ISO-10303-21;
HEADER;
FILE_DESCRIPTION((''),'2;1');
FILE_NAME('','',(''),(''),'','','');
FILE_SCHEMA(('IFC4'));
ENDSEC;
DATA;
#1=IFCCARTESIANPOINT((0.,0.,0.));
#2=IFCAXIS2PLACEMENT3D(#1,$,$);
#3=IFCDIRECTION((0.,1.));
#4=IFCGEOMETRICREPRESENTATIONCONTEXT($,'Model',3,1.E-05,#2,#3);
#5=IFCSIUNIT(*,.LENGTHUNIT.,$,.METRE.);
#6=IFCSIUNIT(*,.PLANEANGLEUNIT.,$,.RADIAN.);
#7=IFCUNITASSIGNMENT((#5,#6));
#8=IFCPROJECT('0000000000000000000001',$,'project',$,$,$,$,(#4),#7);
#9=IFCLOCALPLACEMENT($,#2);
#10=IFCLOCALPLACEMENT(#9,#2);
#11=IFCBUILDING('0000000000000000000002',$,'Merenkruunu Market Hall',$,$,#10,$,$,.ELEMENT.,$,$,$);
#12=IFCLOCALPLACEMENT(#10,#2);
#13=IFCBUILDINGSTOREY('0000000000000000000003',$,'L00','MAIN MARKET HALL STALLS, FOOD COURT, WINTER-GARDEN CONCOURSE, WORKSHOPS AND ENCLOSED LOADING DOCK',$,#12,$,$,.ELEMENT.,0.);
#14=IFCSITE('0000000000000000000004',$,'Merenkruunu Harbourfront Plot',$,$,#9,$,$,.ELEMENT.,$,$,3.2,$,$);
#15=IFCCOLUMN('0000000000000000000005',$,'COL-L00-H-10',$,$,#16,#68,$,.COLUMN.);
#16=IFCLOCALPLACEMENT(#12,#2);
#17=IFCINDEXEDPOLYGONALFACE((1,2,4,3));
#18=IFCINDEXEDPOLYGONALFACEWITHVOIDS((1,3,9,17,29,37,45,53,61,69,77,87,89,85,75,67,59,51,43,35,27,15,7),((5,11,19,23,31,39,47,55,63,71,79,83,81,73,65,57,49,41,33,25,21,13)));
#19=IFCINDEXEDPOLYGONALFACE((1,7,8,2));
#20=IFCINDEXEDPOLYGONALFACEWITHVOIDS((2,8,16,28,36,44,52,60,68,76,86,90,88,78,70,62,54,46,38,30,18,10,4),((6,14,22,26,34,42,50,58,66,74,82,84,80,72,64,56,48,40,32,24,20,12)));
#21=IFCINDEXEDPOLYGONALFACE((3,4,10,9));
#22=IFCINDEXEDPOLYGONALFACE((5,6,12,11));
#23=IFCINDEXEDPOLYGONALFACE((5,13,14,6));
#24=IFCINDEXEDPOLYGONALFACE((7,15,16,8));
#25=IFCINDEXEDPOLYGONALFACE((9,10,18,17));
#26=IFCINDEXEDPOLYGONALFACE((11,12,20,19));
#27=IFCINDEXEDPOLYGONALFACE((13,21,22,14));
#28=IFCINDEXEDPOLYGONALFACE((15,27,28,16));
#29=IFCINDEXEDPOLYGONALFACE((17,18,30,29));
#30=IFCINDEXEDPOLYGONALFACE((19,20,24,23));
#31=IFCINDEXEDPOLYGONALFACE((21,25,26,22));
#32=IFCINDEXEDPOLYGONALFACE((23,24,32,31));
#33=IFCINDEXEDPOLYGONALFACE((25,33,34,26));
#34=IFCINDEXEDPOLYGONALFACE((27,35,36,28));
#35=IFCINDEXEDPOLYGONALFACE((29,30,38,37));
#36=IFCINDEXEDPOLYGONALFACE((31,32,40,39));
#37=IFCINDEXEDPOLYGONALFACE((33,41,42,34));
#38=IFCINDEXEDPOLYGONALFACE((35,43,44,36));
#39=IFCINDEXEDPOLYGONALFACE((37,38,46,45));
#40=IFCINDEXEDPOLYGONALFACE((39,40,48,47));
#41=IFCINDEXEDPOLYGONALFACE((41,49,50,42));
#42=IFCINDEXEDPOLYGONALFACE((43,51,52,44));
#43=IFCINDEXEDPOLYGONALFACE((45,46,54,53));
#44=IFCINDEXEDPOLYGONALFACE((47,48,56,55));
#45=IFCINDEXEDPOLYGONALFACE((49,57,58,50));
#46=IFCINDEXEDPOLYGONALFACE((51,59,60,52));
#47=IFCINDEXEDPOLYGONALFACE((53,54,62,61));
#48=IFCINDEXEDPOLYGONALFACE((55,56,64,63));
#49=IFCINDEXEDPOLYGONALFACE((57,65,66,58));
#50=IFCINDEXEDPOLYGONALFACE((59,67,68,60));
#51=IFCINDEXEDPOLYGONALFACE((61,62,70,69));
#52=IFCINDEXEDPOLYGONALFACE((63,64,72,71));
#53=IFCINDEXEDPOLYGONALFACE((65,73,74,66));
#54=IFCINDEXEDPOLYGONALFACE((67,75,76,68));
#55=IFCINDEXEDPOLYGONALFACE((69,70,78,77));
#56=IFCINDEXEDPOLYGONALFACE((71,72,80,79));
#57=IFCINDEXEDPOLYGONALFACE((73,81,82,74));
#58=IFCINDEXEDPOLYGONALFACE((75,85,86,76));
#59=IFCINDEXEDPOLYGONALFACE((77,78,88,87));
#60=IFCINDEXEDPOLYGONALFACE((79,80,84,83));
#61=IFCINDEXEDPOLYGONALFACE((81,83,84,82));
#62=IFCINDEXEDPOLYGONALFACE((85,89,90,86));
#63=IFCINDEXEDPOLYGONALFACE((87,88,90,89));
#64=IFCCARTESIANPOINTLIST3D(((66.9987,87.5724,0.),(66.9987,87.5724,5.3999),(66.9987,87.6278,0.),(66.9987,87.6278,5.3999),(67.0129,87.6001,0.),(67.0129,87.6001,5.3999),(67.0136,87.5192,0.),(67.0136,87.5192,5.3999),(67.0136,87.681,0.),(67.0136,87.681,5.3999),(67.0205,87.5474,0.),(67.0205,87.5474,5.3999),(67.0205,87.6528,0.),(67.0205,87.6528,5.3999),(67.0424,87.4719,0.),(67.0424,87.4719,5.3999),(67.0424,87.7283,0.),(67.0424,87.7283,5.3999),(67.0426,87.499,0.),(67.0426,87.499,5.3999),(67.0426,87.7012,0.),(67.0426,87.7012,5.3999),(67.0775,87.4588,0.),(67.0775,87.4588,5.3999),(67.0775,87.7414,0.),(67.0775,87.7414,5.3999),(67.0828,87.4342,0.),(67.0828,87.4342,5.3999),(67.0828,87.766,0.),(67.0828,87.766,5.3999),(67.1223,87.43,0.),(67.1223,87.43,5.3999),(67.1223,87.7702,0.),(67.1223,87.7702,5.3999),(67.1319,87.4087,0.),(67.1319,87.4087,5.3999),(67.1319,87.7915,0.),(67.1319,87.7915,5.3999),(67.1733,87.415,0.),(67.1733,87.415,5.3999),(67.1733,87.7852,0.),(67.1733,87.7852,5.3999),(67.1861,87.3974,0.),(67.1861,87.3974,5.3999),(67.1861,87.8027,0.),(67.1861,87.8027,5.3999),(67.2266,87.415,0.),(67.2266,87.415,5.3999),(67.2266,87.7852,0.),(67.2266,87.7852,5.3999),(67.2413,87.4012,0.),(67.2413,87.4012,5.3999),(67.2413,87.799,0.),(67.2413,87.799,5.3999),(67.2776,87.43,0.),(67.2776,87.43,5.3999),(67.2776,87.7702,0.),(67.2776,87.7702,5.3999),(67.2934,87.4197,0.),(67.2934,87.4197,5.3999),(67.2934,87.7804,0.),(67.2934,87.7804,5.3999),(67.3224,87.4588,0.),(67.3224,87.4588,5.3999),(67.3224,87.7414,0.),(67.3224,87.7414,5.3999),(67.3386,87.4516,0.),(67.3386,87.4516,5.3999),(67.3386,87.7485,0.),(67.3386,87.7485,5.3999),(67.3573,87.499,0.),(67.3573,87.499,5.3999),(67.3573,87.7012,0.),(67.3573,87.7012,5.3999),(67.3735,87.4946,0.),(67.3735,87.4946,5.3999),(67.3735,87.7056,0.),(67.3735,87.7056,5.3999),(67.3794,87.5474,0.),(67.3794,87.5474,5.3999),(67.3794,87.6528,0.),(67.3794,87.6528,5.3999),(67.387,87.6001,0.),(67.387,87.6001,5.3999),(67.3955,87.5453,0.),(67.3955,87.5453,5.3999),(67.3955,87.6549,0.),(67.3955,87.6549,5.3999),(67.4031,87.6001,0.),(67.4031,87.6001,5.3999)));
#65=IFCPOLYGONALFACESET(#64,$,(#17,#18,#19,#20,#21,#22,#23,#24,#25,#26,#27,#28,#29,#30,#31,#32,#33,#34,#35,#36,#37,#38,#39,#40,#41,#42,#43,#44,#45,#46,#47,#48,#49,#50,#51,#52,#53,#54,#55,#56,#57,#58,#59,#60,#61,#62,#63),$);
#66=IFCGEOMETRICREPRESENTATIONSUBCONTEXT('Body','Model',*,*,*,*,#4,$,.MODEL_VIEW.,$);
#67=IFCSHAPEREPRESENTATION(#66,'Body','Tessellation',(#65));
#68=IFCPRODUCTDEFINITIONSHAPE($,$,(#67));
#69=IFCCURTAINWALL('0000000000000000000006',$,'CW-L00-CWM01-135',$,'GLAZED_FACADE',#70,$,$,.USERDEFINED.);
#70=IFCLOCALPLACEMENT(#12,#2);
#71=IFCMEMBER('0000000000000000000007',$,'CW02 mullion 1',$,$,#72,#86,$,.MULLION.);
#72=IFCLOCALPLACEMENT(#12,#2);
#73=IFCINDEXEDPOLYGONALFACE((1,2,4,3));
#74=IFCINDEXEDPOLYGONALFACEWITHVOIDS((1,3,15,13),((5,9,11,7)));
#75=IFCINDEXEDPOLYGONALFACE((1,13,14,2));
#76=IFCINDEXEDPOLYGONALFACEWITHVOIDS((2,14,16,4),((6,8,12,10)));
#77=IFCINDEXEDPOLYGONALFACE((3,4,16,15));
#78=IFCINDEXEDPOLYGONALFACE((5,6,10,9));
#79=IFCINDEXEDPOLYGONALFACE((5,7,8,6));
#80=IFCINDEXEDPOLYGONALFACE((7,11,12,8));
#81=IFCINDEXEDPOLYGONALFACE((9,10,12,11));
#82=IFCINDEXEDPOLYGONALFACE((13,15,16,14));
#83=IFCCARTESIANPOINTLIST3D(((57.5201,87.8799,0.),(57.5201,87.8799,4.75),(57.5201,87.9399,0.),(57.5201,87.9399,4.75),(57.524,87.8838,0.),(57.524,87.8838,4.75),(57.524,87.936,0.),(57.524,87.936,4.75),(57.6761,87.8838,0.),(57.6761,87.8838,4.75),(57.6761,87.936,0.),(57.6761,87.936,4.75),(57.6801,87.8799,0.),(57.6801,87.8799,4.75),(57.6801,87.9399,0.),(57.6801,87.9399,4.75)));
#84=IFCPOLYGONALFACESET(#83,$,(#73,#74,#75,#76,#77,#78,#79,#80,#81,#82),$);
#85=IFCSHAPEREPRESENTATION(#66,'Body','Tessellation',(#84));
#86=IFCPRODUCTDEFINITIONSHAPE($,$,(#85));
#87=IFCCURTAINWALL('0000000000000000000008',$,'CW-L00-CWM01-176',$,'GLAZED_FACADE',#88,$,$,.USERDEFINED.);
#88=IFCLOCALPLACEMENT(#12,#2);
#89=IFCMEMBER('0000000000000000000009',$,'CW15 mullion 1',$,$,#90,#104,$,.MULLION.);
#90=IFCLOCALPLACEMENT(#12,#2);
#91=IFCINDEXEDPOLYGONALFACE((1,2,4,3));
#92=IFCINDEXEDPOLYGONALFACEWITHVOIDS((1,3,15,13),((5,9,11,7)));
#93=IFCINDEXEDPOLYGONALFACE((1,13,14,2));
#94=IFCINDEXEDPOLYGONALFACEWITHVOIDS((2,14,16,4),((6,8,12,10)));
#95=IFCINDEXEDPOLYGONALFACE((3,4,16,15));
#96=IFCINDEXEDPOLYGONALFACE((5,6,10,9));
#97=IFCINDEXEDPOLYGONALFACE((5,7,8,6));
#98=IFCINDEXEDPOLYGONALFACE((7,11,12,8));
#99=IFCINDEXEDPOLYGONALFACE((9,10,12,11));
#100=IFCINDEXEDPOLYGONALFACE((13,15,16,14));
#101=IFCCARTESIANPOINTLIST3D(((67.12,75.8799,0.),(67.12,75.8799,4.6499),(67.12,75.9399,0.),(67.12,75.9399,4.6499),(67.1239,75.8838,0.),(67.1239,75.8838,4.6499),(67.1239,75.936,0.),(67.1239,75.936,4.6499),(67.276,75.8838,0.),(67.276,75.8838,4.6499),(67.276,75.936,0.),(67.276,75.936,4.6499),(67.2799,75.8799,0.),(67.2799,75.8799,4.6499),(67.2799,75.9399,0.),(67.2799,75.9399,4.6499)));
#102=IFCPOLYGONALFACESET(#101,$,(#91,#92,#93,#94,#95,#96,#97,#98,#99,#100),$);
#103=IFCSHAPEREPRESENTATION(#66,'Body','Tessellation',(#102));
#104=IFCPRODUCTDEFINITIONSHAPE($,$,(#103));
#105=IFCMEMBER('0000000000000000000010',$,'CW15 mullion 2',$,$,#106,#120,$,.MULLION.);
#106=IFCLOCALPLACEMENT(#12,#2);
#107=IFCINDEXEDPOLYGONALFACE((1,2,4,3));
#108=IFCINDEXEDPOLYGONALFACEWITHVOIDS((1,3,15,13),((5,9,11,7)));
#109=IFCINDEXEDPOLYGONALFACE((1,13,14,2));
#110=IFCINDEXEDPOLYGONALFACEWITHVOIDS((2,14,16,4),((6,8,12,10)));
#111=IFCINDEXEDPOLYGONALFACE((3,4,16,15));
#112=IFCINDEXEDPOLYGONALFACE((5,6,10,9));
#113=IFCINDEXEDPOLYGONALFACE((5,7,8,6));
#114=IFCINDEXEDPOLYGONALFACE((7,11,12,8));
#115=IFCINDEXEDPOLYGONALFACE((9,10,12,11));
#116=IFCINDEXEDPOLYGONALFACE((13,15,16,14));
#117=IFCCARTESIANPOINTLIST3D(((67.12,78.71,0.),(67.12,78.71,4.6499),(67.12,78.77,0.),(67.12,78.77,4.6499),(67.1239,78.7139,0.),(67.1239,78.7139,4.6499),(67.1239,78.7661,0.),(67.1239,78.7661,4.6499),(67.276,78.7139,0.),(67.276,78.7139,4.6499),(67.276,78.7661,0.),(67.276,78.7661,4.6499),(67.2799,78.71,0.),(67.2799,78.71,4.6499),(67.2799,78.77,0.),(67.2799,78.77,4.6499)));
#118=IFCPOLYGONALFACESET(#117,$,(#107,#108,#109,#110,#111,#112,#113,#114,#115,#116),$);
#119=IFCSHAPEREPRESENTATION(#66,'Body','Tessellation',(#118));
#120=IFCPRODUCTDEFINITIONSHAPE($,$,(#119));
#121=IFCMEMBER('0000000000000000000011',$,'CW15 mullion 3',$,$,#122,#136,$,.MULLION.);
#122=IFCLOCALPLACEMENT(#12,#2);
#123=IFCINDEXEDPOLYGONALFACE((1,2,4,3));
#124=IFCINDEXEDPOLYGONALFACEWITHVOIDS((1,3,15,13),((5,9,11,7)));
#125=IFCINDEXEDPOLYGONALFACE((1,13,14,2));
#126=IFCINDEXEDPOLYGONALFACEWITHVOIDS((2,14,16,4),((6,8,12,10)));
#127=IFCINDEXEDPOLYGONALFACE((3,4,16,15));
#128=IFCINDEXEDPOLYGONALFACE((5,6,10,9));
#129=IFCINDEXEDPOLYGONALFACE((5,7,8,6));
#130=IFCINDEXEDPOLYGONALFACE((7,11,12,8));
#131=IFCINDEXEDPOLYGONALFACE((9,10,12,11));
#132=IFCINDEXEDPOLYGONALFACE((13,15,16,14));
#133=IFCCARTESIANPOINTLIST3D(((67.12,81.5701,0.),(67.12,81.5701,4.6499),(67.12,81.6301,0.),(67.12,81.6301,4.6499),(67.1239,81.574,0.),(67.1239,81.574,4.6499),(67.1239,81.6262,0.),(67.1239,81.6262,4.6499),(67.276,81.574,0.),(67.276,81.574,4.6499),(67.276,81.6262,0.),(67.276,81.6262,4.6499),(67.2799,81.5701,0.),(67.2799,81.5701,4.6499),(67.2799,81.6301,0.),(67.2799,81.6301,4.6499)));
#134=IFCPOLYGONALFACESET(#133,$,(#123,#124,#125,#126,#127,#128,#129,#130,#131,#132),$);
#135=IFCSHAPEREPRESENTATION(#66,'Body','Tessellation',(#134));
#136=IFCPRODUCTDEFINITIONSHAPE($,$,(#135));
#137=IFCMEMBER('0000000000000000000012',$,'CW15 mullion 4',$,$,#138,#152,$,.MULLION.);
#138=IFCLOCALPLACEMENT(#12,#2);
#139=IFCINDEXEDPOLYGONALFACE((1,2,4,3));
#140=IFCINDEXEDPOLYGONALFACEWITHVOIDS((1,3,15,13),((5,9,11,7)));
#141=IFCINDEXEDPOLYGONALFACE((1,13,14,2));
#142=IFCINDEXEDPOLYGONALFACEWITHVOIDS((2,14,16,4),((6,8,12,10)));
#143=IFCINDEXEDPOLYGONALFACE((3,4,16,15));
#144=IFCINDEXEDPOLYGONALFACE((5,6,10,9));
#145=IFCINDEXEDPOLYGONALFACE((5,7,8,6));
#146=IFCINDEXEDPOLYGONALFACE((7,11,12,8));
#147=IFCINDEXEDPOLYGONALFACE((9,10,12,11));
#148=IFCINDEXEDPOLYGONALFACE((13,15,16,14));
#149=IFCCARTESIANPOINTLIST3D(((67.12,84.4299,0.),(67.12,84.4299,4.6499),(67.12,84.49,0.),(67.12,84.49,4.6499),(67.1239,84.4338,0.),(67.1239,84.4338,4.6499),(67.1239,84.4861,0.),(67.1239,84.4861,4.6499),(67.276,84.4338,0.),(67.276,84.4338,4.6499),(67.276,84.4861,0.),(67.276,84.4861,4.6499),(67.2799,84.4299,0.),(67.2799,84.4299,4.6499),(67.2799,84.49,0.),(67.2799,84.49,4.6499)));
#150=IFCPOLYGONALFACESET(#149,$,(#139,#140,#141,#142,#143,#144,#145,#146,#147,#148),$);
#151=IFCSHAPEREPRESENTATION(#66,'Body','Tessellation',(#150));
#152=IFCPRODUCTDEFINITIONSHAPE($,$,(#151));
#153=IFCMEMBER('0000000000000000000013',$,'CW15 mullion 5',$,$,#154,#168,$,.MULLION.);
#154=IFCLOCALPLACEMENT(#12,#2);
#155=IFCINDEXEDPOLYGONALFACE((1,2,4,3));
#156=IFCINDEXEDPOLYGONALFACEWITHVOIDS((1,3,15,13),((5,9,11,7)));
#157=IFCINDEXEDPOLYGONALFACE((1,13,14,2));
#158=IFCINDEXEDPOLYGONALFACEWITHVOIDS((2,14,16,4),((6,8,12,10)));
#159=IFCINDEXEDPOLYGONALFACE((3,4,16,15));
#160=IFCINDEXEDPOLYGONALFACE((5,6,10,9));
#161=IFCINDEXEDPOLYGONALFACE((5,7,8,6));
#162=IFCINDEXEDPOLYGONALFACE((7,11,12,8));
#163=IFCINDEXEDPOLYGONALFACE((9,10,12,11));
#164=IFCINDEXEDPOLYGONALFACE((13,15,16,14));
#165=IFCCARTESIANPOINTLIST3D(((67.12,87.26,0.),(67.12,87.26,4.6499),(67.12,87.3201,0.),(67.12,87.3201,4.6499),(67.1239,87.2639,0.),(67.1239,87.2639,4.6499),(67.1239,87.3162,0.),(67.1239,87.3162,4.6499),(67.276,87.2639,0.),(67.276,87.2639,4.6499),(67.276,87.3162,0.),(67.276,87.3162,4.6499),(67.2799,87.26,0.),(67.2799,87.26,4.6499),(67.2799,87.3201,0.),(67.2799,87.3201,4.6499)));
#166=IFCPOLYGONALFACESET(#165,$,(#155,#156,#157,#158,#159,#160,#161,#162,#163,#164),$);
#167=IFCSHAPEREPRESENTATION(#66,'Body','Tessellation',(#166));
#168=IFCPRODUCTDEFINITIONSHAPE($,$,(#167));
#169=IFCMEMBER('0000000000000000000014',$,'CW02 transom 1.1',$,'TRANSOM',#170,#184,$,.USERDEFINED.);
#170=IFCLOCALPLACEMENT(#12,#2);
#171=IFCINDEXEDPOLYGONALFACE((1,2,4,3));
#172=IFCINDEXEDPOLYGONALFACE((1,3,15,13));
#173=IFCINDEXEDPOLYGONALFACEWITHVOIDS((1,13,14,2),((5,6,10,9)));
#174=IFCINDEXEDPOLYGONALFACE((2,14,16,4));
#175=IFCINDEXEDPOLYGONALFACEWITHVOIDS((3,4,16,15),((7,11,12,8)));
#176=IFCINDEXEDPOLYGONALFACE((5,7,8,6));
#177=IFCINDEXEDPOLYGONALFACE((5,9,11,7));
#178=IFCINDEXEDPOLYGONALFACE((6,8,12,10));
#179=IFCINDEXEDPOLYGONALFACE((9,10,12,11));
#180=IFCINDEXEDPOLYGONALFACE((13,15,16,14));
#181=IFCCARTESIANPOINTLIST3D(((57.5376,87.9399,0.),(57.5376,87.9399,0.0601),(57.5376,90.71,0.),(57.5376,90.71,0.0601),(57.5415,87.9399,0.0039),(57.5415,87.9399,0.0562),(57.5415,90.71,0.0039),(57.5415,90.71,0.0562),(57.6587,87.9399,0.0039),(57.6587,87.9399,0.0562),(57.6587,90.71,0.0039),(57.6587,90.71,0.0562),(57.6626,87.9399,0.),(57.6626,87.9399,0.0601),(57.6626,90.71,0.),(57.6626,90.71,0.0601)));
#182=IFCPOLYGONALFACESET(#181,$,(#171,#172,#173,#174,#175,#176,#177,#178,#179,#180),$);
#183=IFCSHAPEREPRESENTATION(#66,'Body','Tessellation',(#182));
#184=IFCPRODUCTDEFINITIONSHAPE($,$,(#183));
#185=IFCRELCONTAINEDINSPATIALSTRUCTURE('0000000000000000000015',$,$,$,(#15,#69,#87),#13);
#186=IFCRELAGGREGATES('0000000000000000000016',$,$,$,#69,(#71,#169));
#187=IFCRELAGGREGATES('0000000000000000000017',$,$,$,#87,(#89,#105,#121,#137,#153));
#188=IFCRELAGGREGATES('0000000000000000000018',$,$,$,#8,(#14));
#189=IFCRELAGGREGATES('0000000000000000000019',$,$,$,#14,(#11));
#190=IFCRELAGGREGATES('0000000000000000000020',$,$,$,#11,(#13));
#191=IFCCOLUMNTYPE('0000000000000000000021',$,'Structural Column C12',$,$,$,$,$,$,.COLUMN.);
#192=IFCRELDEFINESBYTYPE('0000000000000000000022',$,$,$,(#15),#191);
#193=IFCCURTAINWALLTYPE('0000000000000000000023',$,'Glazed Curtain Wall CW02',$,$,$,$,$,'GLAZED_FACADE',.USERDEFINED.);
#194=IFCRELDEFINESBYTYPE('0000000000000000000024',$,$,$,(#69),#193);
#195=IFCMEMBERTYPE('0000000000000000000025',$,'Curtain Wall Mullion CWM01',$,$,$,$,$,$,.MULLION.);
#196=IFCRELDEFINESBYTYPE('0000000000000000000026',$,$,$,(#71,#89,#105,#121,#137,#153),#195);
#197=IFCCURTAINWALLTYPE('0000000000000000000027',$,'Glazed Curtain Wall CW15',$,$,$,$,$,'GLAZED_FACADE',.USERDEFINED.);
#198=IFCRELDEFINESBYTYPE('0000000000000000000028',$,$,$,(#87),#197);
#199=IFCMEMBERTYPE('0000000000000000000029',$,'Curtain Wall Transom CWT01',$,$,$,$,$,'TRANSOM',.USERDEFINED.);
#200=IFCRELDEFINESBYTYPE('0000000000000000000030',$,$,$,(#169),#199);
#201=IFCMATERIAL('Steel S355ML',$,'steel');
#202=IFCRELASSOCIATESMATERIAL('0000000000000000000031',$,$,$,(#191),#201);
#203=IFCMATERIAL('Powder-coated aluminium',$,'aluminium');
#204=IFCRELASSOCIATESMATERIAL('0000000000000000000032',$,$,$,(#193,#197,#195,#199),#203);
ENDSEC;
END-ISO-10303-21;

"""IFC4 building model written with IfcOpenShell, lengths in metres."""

from ifc_helpers import new_model, si_unit, direction, frame, origin, origin_2d, place, context, subcontext, project, spatial, hollow_rectangle, hollow_circle, extrude, material, material_profile, profile_set, type_object, element, aggregate, save


model = new_model("IFC4")

# Units and contexts
model_context = context("Model", 3, precision=1e-05, world=origin(), true_north=direction((0.0, 1.0)))
body_context = subcontext(model_context, "Body", "Model", "MODEL_VIEW")
ifc_project = project(units=[si_unit("LENGTHUNIT", "METRE"), si_unit("PLANEANGLEUNIT", "RADIAN")], contexts=[model_context])

# Site, building, storey
site_placement = place(None, origin())
site = spatial("IfcSite", under=ifc_project, at=site_placement, Name="Merenkruunu Harbourfront Plot", CompositionType="ELEMENT", RefElevation=3.2)
building_placement = place(site_placement, origin())
building = spatial("IfcBuilding", under=site, at=building_placement, Name="Merenkruunu Market Hall", CompositionType="ELEMENT")
storey_placement = place(building_placement, origin())
storey = spatial("IfcBuildingStorey", under=building, at=storey_placement, Name="L00", Description="MAIN MARKET HALL STALLS, FOOD COURT, WINTER-GARDEN CONCOURSE, WORKSHOPS AND ENCLOSED LOADING DOCK", CompositionType="ELEMENT", Elevation=0.0)

# Column
ifc_material_1 = material(Name="Steel S355ML", Category="steel")
ifc_material_profile_1 = material_profile(ifc_material_1, hollow_circle(Radius=0.2031, WallThickness=0.0161, at=origin_2d()), Name="CHS 406.4x16")
ifc_profile_set_1 = profile_set([ifc_material_profile_1], Name="Steel S355ML")
column_type = type_object("IfcColumnType", Name="Structural Column C12", PredefinedType="COLUMN", material=ifc_profile_set_1)
column_placement = place(storey_placement, frame((67.2, 87.6001, 0.0), z_axis=(0.0, 0.0, 1.0), x_axis=(1.0, 0.0, 0.0)))
element("IfcColumn", 1, at=column_placement, inside=storey, type_object=column_type, Name="COL-L00-H-10", PredefinedType="COLUMN", context=body_context, shape_type="SweptSolid", body=[
    extrude(hollow_circle(Radius=0.2031, WallThickness=0.0161, at=origin_2d()), origin(), (0.0, 0.0, 1.0), 5.3999),
])

# Curtain wall, member
ifc_material_2 = material(Name="Powder-coated aluminium", Category="aluminium")
curtain_wall_type_1 = type_object("IfcCurtainWallType", Name="Glazed Curtain Wall CW02", ElementType="GLAZED_FACADE", PredefinedType="USERDEFINED", material=ifc_material_2)
curtain_wall_1_placement = place(storey_placement, origin())
curtain_wall_1 = element("IfcCurtainWall", 2, at=curtain_wall_1_placement, inside=storey, type_object=curtain_wall_type_1, Name="CW-L00-CWM01-135", ObjectType="GLAZED_FACADE", PredefinedType="USERDEFINED")
ifc_material_profile_2 = material_profile(ifc_material_2, hollow_rectangle(XDim=0.0601, YDim=0.1599, WallThickness=0.0039, at=origin_2d()), Name="ALU 60x160x4")
ifc_profile_set_2 = profile_set([ifc_material_profile_2], Name="Powder-coated aluminium")
member_type_1 = type_object("IfcMemberType", Name="Curtain Wall Mullion CWM01", PredefinedType="MULLION", material=ifc_profile_set_2)
member_1_placement = place(storey_placement, frame((57.6001, 87.9099, 0.0), z_axis=(0.0, 0.0, 1.0), x_axis=(0.0, 1.0, 0.0)))
member_1 = element("IfcMember", 3, at=member_1_placement, type_object=member_type_1, Name="CW02 mullion 1", PredefinedType="MULLION", context=body_context, shape_type="SweptSolid", body=[
    extrude(hollow_rectangle(XDim=0.0601, YDim=0.1599, WallThickness=0.0039, at=origin_2d()), origin(), (0.0, 0.0, 1.0), 4.75),
])

# Curtain wall, members
curtain_wall_type_2 = type_object("IfcCurtainWallType", Name="Glazed Curtain Wall CW15", ElementType="GLAZED_FACADE", PredefinedType="USERDEFINED", material=ifc_material_2)
curtain_wall_2_placement = place(storey_placement, origin())
curtain_wall_2 = element("IfcCurtainWall", 4, at=curtain_wall_2_placement, inside=storey, type_object=curtain_wall_type_2, Name="CW-L00-CWM01-176", ObjectType="GLAZED_FACADE", PredefinedType="USERDEFINED")
member_2_placement = place(storey_placement, frame((67.2, 75.9099, 0.0), z_axis=(0.0, 0.0, 1.0), x_axis=(0.0, 1.0, 0.0)))
member_2 = element("IfcMember", 5, at=member_2_placement, type_object=member_type_1, Name="CW15 mullion 1", PredefinedType="MULLION", context=body_context, shape_type="SweptSolid", body=[
    extrude(hollow_rectangle(XDim=0.0601, YDim=0.1599, WallThickness=0.0039, at=origin_2d()), origin(), (0.0, 0.0, 1.0), 4.6499),
])
member_3_placement = place(storey_placement, frame((67.2, 78.74, 0.0), z_axis=(0.0, 0.0, 1.0), x_axis=(0.0, 1.0, 0.0)))
member_3 = element("IfcMember", 6, at=member_3_placement, type_object=member_type_1, Name="CW15 mullion 2", PredefinedType="MULLION", context=body_context, shape_type="SweptSolid", body=[
    extrude(hollow_rectangle(XDim=0.0601, YDim=0.1599, WallThickness=0.0039, at=origin_2d()), origin(), (0.0, 0.0, 1.0), 4.6499),
])
member_4_placement = place(storey_placement, frame((67.2, 81.6001, 0.0), z_axis=(0.0, 0.0, 1.0), x_axis=(0.0, 1.0, 0.0)))
member_4 = element("IfcMember", 7, at=member_4_placement, type_object=member_type_1, Name="CW15 mullion 3", PredefinedType="MULLION", context=body_context, shape_type="SweptSolid", body=[
    extrude(hollow_rectangle(XDim=0.0601, YDim=0.1599, WallThickness=0.0039, at=origin_2d()), origin(), (0.0, 0.0, 1.0), 4.6499),
])
member_5_placement = place(storey_placement, frame((67.2, 84.46, 0.0), z_axis=(0.0, 0.0, 1.0), x_axis=(0.0, 1.0, 0.0)))
member_5 = element("IfcMember", 8, at=member_5_placement, type_object=member_type_1, Name="CW15 mullion 4", PredefinedType="MULLION", context=body_context, shape_type="SweptSolid", body=[
    extrude(hollow_rectangle(XDim=0.0601, YDim=0.1599, WallThickness=0.0039, at=origin_2d()), origin(), (0.0, 0.0, 1.0), 4.6499),
])
member_6_placement = place(storey_placement, frame((67.2, 87.29, 0.0), z_axis=(0.0, 0.0, 1.0), x_axis=(0.0, 1.0, 0.0)))
member_6 = element("IfcMember", 9, at=member_6_placement, type_object=member_type_1, Name="CW15 mullion 5", PredefinedType="MULLION", context=body_context, shape_type="SweptSolid", body=[
    extrude(hollow_rectangle(XDim=0.0601, YDim=0.1599, WallThickness=0.0039, at=origin_2d()), origin(), (0.0, 0.0, 1.0), 4.6499),
])

# Member
ifc_material_profile_3 = material_profile(ifc_material_2, hollow_rectangle(XDim=0.0601, YDim=0.125, WallThickness=0.0039, at=origin_2d()), Name="ALU 60x125x4")
ifc_profile_set_3 = profile_set([ifc_material_profile_3], Name="Powder-coated aluminium")
member_type_2 = type_object("IfcMemberType", Name="Curtain Wall Transom CWT01", ElementType="TRANSOM", PredefinedType="USERDEFINED", material=ifc_profile_set_3)
member_7_placement = place(storey_placement, frame((57.6001, 87.9399, 0.03), z_axis=(0.0, 1.0, 0.0), x_axis=(0.0, 0.0, 1.0)))
member_7 = element("IfcMember", 10, at=member_7_placement, type_object=member_type_2, Name="CW02 transom 1.1", ObjectType="TRANSOM", PredefinedType="USERDEFINED", context=body_context, shape_type="SweptSolid", body=[
    extrude(hollow_rectangle(XDim=0.0601, YDim=0.125, WallThickness=0.0039, at=origin_2d()), origin(), (0.0, 0.0, 1.0), 2.77),
])

aggregate(curtain_wall_1, [member_1, member_7])
aggregate(curtain_wall_2, [member_2, member_3, member_4, member_5, member_6])

save(model, "model.ifc")
